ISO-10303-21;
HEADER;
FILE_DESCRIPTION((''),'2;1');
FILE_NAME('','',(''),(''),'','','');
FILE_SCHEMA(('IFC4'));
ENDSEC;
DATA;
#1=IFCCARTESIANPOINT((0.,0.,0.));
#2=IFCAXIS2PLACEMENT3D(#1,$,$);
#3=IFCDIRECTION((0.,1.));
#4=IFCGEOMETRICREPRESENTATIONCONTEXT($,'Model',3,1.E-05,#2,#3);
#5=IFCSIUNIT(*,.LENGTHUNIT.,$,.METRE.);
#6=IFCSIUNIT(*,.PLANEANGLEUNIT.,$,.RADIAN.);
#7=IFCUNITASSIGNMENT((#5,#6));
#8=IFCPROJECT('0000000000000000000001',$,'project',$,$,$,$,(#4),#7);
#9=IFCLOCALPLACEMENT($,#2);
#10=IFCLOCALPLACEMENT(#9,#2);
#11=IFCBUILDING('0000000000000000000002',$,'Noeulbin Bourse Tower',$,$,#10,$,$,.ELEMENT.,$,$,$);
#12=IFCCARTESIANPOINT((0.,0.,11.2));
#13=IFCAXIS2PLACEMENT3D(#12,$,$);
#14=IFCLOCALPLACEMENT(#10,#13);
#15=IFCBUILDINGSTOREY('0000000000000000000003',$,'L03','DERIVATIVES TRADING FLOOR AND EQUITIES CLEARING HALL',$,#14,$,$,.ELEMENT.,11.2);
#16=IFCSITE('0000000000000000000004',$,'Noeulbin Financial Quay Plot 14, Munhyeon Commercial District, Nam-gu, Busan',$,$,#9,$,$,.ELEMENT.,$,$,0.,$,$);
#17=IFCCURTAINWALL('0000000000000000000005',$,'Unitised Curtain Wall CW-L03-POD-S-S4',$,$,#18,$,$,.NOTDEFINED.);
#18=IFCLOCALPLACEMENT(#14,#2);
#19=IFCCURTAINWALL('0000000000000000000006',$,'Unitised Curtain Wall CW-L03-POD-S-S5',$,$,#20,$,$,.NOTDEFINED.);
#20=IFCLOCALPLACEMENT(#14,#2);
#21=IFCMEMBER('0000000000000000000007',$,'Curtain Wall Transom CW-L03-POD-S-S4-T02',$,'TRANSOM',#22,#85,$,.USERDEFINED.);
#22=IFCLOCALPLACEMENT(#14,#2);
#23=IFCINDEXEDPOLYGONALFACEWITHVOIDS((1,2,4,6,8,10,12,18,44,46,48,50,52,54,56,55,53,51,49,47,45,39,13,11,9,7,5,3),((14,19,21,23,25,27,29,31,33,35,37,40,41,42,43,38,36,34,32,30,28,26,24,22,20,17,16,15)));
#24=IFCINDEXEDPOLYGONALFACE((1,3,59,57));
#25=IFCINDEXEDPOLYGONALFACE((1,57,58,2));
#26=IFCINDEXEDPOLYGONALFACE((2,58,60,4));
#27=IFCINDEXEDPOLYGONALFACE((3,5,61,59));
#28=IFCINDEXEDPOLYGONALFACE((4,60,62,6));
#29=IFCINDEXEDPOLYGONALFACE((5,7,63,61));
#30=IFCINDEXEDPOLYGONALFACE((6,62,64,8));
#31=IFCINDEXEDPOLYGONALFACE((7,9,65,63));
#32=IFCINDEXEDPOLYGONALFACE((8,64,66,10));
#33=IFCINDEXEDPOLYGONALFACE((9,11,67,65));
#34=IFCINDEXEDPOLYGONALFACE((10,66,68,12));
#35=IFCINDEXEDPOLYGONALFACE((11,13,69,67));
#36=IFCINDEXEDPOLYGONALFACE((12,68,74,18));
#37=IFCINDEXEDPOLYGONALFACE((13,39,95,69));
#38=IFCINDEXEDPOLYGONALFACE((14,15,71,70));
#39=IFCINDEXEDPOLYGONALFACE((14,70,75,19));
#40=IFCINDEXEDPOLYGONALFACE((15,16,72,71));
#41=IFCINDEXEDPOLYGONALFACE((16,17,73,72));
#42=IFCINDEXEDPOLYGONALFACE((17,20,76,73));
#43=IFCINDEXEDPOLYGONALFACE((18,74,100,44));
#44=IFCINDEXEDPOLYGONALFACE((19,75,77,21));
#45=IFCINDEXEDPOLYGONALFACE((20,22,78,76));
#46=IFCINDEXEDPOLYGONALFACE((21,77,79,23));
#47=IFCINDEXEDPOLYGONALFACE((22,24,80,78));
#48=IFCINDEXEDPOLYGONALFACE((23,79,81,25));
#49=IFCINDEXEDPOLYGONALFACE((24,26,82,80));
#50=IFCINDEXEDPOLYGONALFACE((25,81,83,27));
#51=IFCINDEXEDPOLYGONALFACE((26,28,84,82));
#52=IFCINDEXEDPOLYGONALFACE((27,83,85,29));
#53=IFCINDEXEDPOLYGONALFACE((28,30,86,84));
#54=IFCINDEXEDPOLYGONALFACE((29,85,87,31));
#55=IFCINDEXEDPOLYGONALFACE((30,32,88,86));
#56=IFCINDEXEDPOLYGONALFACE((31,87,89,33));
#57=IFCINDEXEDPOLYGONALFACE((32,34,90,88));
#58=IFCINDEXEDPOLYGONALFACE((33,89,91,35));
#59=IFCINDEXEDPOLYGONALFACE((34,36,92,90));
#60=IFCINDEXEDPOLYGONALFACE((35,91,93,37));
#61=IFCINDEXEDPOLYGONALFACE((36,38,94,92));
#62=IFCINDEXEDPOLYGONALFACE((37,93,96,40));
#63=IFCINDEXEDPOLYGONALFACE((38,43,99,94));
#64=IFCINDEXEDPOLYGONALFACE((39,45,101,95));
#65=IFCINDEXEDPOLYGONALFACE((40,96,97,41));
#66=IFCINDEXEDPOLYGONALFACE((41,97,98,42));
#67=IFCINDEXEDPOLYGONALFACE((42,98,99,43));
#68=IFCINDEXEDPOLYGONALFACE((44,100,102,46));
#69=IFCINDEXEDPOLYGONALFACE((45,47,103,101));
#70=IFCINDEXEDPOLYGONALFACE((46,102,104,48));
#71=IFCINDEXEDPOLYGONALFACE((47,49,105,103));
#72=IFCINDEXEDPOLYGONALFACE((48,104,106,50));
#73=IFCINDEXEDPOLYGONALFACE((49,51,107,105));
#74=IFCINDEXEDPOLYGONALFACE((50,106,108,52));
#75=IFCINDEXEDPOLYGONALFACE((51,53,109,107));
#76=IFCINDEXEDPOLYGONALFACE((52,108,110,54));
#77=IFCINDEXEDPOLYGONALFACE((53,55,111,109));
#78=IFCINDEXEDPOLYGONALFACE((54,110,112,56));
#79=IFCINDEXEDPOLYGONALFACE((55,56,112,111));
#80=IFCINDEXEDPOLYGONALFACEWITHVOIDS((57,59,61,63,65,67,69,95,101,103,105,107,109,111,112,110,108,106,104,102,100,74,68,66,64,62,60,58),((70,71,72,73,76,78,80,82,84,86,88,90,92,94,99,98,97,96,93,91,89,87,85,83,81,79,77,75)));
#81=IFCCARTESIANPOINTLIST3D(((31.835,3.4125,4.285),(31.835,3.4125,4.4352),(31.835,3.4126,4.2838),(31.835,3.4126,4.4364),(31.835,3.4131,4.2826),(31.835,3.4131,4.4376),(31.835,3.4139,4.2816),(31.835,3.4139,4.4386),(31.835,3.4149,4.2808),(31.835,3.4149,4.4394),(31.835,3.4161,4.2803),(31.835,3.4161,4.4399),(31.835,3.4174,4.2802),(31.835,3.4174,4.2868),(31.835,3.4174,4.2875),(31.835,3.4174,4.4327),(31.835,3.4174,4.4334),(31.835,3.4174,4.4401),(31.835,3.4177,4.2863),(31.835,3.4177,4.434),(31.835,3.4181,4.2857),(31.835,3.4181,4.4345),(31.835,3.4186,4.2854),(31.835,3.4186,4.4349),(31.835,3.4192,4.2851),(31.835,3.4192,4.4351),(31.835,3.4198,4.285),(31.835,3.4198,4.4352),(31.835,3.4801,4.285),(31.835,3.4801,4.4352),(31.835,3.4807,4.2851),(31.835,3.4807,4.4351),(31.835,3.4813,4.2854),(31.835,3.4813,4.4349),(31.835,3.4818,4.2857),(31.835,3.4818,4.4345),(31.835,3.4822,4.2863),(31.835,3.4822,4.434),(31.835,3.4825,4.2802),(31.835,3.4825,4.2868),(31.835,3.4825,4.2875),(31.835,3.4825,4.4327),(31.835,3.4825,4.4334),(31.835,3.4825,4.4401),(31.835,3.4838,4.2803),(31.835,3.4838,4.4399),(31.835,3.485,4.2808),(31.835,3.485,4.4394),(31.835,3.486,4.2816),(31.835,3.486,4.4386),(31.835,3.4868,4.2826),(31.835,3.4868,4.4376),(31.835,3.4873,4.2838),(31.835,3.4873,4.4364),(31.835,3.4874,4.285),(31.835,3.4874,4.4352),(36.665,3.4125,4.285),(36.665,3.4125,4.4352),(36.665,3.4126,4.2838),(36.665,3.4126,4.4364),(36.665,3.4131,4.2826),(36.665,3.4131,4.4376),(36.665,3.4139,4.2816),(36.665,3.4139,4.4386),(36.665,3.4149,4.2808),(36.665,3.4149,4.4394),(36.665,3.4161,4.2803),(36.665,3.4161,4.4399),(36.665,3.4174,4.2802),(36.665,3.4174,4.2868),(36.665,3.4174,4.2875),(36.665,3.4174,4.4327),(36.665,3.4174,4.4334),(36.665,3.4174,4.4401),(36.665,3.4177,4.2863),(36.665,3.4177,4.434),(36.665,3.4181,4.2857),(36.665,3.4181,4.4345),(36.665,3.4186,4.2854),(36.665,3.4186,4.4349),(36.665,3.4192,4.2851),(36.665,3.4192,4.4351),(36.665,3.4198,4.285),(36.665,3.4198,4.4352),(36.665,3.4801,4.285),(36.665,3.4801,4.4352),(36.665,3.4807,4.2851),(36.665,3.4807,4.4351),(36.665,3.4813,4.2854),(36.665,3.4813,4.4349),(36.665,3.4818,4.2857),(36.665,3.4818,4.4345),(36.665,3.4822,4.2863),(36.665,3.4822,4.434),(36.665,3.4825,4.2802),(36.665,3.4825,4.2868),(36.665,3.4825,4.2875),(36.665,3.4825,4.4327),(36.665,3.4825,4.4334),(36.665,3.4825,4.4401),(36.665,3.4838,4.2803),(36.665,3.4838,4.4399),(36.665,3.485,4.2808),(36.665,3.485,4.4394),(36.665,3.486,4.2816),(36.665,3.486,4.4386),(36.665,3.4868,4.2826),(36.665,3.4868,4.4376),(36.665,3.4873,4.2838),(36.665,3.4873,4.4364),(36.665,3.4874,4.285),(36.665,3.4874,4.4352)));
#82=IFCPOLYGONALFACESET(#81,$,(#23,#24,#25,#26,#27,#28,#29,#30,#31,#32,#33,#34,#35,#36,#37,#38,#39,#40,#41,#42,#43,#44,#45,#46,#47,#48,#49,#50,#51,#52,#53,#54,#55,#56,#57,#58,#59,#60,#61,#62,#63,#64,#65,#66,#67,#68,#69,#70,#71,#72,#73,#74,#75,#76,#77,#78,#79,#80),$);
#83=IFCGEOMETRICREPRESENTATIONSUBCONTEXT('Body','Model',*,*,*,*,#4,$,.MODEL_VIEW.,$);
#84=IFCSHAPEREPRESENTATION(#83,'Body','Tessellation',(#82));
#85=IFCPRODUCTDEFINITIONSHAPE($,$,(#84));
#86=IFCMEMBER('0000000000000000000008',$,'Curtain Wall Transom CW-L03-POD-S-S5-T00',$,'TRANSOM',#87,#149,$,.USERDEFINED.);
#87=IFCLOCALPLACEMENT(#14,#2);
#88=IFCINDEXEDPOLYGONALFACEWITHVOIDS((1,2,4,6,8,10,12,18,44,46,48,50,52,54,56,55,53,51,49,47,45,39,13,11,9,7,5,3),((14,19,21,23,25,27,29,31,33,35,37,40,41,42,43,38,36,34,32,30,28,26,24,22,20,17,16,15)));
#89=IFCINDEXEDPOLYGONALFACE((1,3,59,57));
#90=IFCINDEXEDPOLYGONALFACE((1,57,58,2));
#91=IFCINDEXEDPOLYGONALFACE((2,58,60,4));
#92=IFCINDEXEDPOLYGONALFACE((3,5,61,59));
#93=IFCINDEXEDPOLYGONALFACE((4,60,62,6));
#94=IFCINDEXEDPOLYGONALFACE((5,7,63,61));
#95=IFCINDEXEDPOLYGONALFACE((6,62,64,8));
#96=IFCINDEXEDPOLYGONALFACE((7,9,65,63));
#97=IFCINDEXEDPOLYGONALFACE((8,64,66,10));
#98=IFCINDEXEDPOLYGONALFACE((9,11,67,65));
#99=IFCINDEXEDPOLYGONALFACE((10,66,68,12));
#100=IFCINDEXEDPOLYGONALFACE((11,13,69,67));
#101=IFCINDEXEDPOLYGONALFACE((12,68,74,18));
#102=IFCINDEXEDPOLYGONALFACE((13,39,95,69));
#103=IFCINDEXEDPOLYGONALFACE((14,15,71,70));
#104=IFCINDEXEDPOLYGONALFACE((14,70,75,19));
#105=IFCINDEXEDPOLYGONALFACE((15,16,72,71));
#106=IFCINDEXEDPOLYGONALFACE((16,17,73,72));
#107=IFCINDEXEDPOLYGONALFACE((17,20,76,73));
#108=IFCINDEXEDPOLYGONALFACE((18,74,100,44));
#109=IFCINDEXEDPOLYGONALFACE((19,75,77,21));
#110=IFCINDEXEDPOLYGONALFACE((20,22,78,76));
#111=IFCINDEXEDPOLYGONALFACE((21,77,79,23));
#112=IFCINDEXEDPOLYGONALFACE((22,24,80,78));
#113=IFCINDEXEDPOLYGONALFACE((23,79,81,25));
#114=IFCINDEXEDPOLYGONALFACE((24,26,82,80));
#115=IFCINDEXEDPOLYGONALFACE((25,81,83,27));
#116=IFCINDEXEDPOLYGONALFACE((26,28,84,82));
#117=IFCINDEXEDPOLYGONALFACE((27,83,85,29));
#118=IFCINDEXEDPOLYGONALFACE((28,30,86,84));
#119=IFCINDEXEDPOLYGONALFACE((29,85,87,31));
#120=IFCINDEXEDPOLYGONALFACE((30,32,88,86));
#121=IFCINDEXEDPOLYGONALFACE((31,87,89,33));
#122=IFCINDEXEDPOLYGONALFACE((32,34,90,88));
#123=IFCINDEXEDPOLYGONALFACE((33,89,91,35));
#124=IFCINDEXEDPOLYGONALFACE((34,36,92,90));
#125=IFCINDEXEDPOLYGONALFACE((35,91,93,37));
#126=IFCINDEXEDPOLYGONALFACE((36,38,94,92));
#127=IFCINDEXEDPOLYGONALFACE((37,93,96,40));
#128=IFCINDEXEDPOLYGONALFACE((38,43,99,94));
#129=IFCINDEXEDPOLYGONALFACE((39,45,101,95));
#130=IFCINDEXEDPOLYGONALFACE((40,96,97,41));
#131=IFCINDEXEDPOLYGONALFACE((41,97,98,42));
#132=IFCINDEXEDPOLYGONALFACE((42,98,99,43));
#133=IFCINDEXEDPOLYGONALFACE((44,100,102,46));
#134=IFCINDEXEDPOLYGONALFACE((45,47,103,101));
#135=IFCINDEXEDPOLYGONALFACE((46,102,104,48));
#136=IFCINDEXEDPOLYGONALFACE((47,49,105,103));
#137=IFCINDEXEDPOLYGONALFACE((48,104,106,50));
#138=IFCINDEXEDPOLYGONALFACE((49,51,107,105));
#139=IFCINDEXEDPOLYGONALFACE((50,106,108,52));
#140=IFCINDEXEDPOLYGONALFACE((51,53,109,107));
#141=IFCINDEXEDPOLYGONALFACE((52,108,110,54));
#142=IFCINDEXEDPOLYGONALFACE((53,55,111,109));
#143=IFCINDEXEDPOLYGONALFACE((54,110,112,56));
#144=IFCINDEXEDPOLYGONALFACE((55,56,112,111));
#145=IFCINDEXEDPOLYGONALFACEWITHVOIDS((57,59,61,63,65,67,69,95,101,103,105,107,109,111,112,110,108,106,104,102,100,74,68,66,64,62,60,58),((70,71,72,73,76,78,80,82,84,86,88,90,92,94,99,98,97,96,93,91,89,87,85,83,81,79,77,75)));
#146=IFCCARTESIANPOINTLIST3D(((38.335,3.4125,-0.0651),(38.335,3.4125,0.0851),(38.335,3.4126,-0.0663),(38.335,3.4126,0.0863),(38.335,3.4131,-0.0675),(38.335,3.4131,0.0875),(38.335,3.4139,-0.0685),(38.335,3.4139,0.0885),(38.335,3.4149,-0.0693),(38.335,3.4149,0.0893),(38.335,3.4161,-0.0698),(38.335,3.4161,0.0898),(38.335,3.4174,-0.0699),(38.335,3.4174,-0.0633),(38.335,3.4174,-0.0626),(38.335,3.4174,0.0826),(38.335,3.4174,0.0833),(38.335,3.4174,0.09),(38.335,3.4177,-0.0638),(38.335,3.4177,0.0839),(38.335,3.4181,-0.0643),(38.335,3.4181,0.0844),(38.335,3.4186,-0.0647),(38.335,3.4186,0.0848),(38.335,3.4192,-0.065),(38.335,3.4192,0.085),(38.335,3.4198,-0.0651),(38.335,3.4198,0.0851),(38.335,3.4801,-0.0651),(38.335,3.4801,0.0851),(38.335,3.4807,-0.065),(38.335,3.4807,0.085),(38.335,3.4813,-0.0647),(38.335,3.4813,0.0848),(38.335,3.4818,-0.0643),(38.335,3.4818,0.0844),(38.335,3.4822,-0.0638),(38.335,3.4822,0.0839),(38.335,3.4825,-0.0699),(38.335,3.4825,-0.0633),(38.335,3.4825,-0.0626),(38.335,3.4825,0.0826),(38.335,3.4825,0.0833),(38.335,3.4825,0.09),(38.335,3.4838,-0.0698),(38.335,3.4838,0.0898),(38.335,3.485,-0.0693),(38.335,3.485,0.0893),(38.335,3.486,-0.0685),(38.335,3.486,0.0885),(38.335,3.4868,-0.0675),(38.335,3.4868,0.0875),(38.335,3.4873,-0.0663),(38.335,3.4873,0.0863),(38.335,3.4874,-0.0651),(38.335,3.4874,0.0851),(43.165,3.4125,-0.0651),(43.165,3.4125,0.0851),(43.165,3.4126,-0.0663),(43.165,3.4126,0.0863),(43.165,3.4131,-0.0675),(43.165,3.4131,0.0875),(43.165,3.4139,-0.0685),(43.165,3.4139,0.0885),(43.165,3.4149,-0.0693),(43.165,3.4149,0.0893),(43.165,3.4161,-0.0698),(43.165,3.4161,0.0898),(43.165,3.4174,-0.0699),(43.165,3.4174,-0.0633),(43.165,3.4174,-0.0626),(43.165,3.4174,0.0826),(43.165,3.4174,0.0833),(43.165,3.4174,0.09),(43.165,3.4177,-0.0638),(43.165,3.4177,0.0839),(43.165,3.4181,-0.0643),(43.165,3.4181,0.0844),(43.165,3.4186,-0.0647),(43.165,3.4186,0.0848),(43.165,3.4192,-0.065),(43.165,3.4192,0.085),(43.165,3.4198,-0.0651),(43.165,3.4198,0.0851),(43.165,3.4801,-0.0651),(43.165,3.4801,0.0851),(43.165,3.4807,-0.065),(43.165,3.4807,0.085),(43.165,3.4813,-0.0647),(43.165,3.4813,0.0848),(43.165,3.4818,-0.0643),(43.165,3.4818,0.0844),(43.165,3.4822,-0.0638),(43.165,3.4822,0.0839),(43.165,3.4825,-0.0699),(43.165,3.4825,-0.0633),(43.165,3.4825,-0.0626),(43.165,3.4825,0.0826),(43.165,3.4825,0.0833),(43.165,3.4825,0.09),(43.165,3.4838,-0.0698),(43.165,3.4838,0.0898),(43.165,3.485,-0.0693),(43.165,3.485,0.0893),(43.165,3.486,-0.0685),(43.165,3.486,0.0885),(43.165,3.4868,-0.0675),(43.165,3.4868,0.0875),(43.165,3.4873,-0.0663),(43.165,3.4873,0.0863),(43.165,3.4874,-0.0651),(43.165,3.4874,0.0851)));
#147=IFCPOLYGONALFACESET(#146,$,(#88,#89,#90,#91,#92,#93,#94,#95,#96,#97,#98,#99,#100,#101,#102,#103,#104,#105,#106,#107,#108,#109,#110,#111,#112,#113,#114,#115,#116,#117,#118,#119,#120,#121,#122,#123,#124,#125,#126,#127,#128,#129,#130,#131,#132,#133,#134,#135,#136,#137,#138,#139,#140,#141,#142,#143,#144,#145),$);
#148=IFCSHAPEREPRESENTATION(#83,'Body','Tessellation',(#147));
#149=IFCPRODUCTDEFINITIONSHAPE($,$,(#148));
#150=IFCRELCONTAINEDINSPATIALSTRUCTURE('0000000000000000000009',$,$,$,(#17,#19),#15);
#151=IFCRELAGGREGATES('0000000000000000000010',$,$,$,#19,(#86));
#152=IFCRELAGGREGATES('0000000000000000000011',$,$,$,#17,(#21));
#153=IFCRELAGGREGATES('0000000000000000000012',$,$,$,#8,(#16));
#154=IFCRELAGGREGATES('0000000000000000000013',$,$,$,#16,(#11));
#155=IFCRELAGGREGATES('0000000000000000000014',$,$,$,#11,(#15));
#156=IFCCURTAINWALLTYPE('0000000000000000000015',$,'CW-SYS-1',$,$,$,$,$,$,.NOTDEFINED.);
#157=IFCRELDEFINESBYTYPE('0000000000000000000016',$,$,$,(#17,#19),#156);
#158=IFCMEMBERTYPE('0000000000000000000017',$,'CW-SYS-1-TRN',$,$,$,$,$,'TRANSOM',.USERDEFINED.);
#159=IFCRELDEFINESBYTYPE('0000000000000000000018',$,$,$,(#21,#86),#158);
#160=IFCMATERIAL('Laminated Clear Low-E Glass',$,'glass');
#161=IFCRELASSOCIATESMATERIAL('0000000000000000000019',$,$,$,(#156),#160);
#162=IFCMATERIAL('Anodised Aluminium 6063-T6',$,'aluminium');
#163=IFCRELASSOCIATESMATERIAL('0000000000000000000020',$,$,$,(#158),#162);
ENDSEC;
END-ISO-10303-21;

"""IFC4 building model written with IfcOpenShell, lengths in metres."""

from ifc_helpers import new_model, si_unit, direction, frame, origin, origin_2d, place, context, subcontext, project, spatial, hollow_rectangle, extrude, material, material_profile, profile_set, type_object, element, aggregate, save


model = new_model("IFC4")

# Units and contexts
model_context = context("Model", 3, precision=1e-05, world=origin(), true_north=direction((0.0, 1.0)))
body_context = subcontext(model_context, "Body", "Model", "MODEL_VIEW")
ifc_project = project(units=[si_unit("LENGTHUNIT", "METRE"), si_unit("PLANEANGLEUNIT", "RADIAN")], contexts=[model_context])

# Site, building, storey
site_placement = place(None, origin())
site = spatial("IfcSite", under=ifc_project, at=site_placement, Name="Noeulbin Financial Quay Plot 14, Munhyeon Commercial District, Nam-gu, Busan", CompositionType="ELEMENT", RefElevation=0.0)
building_placement = place(site_placement, origin())
building = spatial("IfcBuilding", under=site, at=building_placement, Name="Noeulbin Bourse Tower", CompositionType="ELEMENT")
storey_placement = place(building_placement, frame((0.0, 0.0, 11.2)))
storey = spatial("IfcBuildingStorey", under=building, at=storey_placement, Name="L03", Description="DERIVATIVES TRADING FLOOR AND EQUITIES CLEARING HALL", CompositionType="ELEMENT", Elevation=11.2)

# Shared definitions
ifc_material_1 = material(Name="Laminated Clear Low-E Glass", Category="glass")
curtain_wall_type = type_object("IfcCurtainWallType", Name="CW-SYS-1", PredefinedType="NOTDEFINED", material=ifc_material_1)
ifc_material_2 = material(Name="Anodised Aluminium 6063-T6", Category="aluminium")

# Curtain wall
curtain_wall_1_placement = place(storey_placement, origin())
curtain_wall_1 = element("IfcCurtainWall", 1, at=curtain_wall_1_placement, inside=storey, type_object=curtain_wall_type, Name="Unitised Curtain Wall CW-L03-POD-S-S4", PredefinedType="NOTDEFINED")

# Curtain wall
curtain_wall_2_placement = place(storey_placement, origin())
curtain_wall_2 = element("IfcCurtainWall", 2, at=curtain_wall_2_placement, inside=storey, type_object=curtain_wall_type, Name="Unitised Curtain Wall CW-L03-POD-S-S5", PredefinedType="NOTDEFINED")

# Members
ifc_material_profile_1 = material_profile(ifc_material_2, hollow_rectangle(XDim=0.075, YDim=0.1599, WallThickness=0.0049, InnerFilletRadius=0.0024, OuterFilletRadius=0.0049, at=origin_2d()), Name="ALU-TRAN-75x160x5", Category="LoadBearing")
ifc_profile_set_1 = profile_set([ifc_material_profile_1], Name="Anodised Aluminium 6063-T6")
member_type_1 = type_object("IfcMemberType", Name="CW-SYS-1-TRN", ElementType="TRANSOM", PredefinedType="USERDEFINED", material=ifc_profile_set_1)
member_1_placement = place(storey_placement, frame((31.835, 3.45, 4.3601), z_axis=(1.0, 0.0, 0.0), x_axis=(0.0, 1.0, 0.0)))
member_1 = element("IfcMember", 3, at=member_1_placement, type_object=member_type_1, Name="Curtain Wall Transom CW-L03-POD-S-S4-T02", ObjectType="TRANSOM", PredefinedType="USERDEFINED", context=body_context, shape_type="SweptSolid", body=[
    extrude(hollow_rectangle(XDim=0.075, YDim=0.1599, WallThickness=0.0049, InnerFilletRadius=0.0024, OuterFilletRadius=0.0049, at=origin_2d()), origin(), (0.0, 0.0, 1.0), 4.8301),
])
member_2_placement = place(storey_placement, frame((38.335, 3.45, 0.01), z_axis=(1.0, 0.0, 0.0), x_axis=(0.0, 1.0, 0.0)))
member_2 = element("IfcMember", 4, at=member_2_placement, type_object=member_type_1, Name="Curtain Wall Transom CW-L03-POD-S-S5-T00", ObjectType="TRANSOM", PredefinedType="USERDEFINED", context=body_context, shape_type="SweptSolid", body=[
    extrude(hollow_rectangle(XDim=0.075, YDim=0.1599, WallThickness=0.0049, InnerFilletRadius=0.0024, OuterFilletRadius=0.0049, at=origin_2d()), origin(), (0.0, 0.0, 1.0), 4.8301),
])
aggregate(curtain_wall_2, [member_2])

aggregate(curtain_wall_1, [member_1])

save(model, "model.ifc")
